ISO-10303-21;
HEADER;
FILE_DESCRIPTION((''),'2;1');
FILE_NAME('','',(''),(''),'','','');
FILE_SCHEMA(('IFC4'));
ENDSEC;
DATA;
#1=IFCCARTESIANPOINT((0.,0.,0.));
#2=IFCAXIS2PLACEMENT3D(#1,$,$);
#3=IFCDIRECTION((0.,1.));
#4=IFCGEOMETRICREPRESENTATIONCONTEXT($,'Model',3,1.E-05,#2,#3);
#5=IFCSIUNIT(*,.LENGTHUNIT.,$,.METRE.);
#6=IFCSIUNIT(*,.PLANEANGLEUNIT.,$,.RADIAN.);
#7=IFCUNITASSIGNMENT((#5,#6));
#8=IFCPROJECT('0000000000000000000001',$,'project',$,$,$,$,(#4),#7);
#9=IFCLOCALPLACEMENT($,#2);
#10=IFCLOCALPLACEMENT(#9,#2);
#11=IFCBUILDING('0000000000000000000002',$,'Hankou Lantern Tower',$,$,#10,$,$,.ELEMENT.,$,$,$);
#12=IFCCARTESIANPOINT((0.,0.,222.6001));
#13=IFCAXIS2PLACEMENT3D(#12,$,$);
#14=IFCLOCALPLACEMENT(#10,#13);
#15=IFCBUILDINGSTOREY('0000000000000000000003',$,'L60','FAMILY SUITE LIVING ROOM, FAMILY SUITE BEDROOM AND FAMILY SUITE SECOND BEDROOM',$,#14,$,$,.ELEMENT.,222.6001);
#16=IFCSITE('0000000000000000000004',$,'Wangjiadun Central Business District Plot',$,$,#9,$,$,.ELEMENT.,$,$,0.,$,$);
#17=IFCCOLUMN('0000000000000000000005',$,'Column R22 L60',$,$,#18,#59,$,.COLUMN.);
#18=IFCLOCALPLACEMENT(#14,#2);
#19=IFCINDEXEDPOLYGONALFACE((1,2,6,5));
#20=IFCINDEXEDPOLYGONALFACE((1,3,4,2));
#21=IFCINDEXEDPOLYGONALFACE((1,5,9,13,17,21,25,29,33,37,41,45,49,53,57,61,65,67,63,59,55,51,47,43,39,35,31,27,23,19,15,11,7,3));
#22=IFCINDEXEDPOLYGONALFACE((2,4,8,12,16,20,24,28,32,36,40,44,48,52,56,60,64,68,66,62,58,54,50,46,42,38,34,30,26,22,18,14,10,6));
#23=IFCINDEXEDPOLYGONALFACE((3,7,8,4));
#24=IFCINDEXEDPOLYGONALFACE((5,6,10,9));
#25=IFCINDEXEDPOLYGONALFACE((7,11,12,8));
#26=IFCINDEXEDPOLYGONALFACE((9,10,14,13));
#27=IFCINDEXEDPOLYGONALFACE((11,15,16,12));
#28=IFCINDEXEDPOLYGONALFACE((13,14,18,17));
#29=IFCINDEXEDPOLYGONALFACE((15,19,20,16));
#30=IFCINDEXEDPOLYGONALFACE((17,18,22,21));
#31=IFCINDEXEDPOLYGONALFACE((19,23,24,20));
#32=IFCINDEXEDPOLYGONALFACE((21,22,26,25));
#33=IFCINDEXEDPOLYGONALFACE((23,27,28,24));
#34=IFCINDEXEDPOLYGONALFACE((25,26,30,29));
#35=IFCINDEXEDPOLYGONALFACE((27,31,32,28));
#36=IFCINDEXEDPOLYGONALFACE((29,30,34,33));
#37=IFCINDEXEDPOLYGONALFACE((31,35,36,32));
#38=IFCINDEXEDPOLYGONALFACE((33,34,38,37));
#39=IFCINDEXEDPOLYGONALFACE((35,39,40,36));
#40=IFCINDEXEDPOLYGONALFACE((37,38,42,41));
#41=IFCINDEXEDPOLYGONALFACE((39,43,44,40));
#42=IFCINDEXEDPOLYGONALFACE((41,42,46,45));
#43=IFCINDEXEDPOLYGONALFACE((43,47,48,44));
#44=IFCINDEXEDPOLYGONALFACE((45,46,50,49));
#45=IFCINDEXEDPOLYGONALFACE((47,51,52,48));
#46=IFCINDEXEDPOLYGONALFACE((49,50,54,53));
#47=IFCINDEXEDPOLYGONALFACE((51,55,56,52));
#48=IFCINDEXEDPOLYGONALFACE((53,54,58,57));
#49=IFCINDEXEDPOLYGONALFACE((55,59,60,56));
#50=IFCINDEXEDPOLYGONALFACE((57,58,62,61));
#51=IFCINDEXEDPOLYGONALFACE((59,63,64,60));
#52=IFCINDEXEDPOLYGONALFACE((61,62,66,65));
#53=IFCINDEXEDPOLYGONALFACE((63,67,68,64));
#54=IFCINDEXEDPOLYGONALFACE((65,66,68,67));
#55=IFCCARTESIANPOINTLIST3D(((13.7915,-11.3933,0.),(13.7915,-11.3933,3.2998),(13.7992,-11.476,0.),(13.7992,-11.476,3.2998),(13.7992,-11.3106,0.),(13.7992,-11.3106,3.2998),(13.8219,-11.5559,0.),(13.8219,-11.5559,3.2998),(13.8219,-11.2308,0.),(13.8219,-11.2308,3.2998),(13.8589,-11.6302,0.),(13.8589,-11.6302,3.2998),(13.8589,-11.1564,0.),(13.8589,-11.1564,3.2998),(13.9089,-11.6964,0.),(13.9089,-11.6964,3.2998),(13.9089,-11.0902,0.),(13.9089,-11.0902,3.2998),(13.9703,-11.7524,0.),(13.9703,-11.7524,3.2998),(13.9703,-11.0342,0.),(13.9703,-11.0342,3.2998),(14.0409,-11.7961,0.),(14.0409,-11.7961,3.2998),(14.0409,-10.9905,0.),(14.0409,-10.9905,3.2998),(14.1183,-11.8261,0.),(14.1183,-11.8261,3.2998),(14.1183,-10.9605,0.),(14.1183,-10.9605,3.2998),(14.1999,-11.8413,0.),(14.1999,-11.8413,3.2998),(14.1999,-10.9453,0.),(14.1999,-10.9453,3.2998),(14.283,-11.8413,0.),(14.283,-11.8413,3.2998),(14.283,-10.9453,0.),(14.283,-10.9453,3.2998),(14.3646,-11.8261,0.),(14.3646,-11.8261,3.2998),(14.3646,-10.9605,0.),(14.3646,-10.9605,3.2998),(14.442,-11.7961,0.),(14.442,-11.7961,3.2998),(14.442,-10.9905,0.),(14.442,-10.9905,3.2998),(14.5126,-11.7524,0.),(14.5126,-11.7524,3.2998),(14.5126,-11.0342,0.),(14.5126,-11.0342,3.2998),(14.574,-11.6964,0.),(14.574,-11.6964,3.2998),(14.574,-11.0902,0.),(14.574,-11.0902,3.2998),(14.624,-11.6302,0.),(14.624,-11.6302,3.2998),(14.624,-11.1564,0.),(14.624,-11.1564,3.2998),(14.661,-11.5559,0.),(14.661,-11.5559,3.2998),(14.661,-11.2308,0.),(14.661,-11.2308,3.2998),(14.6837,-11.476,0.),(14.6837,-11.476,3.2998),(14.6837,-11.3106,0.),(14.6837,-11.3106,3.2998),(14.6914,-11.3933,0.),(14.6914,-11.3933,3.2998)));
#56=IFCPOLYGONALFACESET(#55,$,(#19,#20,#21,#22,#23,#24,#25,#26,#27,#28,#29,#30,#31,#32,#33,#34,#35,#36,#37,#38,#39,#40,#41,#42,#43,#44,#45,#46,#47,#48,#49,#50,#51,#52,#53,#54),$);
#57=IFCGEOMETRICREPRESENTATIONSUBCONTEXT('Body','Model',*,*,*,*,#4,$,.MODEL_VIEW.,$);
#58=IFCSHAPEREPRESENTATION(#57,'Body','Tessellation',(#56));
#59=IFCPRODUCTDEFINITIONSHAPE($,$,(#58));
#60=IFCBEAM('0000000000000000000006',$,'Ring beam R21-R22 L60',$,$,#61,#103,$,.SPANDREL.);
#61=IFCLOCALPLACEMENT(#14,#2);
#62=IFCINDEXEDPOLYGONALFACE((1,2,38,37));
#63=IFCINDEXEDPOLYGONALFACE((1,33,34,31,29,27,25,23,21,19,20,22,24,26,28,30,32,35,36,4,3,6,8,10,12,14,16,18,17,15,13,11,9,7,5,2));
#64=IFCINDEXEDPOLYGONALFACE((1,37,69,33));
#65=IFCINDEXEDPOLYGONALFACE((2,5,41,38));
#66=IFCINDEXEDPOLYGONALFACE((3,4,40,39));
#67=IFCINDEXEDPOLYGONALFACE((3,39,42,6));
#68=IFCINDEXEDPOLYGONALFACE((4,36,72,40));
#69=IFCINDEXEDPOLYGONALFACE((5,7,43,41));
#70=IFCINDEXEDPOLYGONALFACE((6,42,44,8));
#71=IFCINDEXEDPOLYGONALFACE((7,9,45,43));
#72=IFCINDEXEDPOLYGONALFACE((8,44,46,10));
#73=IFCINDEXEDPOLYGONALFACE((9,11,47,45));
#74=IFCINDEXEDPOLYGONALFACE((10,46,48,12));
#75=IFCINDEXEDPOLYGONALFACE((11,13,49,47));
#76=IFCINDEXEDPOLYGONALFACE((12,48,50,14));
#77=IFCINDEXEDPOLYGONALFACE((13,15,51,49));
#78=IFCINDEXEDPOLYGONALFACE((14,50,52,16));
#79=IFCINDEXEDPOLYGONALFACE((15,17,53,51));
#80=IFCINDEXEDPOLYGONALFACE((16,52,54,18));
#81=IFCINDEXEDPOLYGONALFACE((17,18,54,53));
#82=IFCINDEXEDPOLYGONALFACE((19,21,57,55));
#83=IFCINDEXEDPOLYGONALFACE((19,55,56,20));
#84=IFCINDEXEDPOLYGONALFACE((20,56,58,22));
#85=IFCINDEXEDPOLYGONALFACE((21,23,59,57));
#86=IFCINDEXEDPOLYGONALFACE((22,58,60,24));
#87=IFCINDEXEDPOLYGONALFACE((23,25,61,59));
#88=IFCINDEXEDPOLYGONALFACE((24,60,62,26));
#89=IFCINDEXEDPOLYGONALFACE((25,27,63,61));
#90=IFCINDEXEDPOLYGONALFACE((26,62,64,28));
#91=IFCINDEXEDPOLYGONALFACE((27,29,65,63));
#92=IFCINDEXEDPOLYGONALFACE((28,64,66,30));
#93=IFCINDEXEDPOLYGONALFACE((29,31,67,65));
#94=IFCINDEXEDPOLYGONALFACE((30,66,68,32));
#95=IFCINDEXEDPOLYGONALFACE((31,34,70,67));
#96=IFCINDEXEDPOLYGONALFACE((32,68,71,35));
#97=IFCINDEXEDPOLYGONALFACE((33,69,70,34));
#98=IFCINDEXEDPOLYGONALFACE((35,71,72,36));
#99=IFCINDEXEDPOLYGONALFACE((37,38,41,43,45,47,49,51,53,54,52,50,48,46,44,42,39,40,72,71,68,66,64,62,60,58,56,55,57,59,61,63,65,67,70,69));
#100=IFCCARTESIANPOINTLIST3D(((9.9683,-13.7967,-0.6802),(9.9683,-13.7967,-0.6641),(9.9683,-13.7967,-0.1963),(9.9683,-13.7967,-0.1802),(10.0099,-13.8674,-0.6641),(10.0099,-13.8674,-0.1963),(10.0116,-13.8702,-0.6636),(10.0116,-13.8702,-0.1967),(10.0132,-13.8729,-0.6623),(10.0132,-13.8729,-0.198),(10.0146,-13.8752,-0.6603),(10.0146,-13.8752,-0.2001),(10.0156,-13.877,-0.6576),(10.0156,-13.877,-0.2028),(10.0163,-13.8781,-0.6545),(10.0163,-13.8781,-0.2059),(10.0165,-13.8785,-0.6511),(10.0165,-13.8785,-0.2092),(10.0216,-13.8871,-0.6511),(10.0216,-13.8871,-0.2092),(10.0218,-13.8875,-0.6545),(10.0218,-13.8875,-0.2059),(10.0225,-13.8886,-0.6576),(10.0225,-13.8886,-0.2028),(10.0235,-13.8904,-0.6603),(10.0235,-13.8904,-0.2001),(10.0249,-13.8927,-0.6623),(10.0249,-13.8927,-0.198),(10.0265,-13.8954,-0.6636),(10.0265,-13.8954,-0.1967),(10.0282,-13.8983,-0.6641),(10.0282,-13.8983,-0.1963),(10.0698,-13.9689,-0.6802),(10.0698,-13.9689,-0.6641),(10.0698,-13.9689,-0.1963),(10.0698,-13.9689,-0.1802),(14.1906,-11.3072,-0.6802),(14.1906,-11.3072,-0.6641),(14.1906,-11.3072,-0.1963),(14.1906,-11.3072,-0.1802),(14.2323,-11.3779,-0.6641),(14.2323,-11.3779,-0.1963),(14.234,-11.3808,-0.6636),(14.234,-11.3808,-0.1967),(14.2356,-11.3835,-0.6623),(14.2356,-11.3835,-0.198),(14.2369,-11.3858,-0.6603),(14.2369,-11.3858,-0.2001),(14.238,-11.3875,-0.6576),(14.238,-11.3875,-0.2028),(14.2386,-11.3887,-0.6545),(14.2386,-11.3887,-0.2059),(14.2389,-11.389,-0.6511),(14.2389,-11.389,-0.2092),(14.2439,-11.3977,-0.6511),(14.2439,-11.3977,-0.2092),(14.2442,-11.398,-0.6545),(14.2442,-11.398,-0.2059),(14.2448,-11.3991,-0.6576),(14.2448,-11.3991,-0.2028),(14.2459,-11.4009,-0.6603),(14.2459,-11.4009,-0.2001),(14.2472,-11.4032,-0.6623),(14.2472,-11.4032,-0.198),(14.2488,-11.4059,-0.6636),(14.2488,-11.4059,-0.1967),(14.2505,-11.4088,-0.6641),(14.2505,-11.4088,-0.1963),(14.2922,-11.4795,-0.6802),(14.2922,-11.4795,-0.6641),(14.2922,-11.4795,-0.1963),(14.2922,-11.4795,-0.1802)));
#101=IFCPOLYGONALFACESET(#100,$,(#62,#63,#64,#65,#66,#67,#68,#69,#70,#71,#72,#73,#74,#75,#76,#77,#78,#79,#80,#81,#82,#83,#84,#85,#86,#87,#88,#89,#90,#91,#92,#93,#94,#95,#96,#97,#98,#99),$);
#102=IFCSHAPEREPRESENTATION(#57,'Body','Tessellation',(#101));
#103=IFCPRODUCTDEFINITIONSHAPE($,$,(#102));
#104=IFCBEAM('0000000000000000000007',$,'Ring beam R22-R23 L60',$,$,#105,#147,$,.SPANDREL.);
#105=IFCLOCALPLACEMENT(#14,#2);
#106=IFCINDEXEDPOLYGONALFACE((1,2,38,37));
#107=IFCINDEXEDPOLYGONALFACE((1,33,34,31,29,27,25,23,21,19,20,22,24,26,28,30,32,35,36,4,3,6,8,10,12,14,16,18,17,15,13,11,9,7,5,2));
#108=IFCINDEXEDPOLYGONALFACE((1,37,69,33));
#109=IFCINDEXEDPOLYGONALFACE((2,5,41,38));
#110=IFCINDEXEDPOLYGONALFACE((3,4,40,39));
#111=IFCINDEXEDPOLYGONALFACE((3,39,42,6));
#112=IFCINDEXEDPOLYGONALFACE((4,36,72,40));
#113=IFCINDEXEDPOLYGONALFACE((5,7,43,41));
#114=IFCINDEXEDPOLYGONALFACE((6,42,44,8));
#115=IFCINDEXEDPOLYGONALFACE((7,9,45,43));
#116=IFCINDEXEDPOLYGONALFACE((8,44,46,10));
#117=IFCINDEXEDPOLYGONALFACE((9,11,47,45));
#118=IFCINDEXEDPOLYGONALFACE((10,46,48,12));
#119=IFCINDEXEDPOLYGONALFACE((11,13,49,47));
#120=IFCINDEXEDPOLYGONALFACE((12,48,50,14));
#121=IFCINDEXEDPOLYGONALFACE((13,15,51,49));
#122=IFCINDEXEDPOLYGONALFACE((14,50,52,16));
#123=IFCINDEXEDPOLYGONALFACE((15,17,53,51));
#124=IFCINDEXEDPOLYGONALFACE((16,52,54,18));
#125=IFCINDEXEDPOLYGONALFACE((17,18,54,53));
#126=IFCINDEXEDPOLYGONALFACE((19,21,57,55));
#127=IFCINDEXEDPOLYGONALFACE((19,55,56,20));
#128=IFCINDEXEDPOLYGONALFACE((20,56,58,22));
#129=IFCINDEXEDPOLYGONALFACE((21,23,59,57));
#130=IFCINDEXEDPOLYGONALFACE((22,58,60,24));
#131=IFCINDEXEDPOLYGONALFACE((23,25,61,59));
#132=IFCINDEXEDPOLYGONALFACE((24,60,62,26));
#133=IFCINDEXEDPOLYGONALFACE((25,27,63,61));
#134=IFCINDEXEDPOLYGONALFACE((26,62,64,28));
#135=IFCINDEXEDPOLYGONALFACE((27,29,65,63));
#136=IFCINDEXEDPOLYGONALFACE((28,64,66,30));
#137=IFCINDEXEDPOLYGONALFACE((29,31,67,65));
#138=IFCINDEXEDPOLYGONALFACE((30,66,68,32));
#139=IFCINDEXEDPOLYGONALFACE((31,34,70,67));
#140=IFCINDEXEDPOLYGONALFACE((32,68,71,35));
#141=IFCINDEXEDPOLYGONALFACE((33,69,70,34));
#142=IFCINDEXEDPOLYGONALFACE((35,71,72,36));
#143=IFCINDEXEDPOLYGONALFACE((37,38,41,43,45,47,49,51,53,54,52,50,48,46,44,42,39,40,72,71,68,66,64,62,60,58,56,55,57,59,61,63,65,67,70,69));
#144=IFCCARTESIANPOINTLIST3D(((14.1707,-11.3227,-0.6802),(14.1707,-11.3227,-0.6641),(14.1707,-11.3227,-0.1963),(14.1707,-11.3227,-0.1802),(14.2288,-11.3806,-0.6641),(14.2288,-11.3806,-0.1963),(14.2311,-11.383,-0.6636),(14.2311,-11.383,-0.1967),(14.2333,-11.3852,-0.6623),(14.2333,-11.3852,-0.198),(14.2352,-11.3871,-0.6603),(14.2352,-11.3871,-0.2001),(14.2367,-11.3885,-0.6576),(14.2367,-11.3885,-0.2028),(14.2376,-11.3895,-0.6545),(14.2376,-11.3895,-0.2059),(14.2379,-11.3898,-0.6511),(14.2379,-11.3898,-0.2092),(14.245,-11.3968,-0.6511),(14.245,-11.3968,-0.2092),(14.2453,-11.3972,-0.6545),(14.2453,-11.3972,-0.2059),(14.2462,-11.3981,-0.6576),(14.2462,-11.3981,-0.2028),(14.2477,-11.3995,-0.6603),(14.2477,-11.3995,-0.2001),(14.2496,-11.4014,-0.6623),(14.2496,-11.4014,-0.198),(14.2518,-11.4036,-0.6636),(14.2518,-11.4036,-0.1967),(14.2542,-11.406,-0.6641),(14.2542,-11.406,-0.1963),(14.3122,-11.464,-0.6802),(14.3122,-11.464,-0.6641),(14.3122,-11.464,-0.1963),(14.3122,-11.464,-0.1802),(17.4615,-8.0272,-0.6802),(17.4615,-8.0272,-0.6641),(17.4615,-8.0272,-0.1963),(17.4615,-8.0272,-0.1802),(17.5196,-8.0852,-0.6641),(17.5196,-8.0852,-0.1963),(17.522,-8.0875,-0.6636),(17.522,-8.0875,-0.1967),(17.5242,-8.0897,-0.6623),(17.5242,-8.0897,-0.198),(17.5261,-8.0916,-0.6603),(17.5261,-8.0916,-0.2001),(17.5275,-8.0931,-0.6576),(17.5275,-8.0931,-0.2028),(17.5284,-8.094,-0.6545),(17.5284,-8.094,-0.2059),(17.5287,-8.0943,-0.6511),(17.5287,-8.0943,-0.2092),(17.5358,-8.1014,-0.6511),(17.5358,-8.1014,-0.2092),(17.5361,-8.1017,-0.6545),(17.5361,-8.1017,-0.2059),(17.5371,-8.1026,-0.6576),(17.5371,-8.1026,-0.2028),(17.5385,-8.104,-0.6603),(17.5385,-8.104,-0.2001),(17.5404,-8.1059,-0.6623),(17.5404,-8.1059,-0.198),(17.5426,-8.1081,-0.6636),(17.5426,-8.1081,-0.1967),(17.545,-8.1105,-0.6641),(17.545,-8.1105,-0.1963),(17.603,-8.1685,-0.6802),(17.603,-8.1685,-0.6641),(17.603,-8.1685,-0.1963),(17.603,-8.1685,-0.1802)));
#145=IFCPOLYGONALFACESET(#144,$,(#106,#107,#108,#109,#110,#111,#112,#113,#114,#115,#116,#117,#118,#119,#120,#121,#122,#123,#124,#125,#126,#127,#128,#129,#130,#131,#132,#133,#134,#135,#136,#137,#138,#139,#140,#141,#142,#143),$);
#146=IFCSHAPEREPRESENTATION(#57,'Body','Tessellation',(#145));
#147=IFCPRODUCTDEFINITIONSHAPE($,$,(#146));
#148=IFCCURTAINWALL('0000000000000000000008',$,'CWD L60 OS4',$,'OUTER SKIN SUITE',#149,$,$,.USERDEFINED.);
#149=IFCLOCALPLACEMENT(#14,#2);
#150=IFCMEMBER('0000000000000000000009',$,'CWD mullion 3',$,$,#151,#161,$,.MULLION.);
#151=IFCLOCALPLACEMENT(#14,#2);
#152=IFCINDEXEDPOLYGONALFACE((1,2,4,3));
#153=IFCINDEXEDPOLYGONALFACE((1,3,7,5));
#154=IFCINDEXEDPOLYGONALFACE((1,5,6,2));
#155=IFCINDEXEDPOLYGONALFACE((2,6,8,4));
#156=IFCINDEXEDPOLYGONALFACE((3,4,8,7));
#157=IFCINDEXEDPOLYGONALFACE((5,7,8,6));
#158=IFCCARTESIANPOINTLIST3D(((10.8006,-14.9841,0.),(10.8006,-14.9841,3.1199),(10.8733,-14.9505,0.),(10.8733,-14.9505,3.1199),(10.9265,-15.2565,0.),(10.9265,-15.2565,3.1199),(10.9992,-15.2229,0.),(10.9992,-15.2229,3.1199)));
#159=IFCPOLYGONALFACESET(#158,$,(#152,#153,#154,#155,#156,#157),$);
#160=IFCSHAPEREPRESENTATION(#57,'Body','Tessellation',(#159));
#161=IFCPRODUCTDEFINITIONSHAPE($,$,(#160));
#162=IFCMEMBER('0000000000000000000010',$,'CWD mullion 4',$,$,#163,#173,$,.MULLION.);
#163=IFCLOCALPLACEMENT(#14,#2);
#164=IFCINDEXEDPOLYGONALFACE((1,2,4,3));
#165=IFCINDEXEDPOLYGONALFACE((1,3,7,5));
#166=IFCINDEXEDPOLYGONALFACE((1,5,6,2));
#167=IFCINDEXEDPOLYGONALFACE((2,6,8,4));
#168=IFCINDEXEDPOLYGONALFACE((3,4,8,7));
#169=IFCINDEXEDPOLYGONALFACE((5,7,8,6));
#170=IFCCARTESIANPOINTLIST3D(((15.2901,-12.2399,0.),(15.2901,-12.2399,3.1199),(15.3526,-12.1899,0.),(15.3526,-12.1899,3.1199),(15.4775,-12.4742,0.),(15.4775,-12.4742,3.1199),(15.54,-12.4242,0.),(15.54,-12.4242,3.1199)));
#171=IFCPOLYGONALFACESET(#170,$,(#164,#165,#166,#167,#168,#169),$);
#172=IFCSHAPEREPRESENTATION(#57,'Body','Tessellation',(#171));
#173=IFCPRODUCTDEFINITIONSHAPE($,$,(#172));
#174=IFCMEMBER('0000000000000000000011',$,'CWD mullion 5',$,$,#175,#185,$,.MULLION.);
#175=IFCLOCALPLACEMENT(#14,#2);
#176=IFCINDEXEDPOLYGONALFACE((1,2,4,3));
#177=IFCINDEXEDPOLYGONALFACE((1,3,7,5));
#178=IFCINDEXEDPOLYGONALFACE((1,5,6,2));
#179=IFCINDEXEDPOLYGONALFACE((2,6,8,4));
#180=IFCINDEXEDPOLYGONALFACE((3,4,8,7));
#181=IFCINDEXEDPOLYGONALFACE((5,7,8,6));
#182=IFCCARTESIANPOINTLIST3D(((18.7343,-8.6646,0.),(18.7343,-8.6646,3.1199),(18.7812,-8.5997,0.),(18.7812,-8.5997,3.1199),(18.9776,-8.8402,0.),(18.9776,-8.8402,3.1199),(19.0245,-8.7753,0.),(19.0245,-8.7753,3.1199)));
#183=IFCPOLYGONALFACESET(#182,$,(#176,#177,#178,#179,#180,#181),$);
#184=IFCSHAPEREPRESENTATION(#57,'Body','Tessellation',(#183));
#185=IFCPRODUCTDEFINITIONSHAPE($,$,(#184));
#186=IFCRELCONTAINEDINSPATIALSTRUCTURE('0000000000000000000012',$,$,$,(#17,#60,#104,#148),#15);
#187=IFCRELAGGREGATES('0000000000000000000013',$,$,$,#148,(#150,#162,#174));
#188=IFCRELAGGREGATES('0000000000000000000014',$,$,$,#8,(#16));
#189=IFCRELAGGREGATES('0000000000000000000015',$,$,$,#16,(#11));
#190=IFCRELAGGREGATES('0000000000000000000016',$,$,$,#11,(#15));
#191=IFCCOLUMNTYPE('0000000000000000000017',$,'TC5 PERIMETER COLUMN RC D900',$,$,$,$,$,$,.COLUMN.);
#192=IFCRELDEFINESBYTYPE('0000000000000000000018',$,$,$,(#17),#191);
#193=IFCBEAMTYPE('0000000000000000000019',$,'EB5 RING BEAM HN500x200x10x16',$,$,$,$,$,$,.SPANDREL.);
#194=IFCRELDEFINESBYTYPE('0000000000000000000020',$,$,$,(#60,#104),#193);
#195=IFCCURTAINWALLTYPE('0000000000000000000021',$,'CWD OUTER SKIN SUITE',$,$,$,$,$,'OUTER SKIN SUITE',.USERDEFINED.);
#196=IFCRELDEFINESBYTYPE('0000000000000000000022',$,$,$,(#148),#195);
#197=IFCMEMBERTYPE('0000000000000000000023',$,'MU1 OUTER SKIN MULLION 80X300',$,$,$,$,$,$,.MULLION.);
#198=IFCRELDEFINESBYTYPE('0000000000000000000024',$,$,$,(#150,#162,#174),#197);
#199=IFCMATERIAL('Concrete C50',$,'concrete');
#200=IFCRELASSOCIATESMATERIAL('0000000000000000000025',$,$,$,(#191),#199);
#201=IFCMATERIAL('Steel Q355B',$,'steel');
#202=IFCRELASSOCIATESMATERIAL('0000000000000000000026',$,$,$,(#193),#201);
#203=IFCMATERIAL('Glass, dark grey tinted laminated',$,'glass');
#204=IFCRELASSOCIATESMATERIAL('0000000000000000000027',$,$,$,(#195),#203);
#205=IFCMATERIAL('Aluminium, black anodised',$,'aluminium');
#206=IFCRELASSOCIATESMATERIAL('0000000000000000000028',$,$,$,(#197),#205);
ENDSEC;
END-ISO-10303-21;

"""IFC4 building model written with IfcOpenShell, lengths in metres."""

from ifc_helpers import new_model, si_unit, direction, frame, origin, origin_2d, place, context, subcontext, project, spatial, rectangle, circle, i_section, extrude, material, material_profile, profile_set, type_object, element, aggregate, save


model = new_model("IFC4")

# Units and contexts
model_context = context("Model", 3, precision=1e-05, world=origin(), true_north=direction((0.0, 1.0)))
body_context = subcontext(model_context, "Body", "Model", "MODEL_VIEW")
ifc_project = project(units=[si_unit("LENGTHUNIT", "METRE"), si_unit("PLANEANGLEUNIT", "RADIAN")], contexts=[model_context])

# Site, building, storey
site_placement = place(None, origin())
site = spatial("IfcSite", under=ifc_project, at=site_placement, Name="Wangjiadun Central Business District Plot", CompositionType="ELEMENT", RefElevation=0.0)
building_placement = place(site_placement, origin())
building = spatial("IfcBuilding", under=site, at=building_placement, Name="Hankou Lantern Tower", CompositionType="ELEMENT")
storey_placement = place(building_placement, frame((0.0, 0.0, 222.6001)))
storey = spatial("IfcBuildingStorey", under=building, at=storey_placement, Name="L60", Description="FAMILY SUITE LIVING ROOM, FAMILY SUITE BEDROOM AND FAMILY SUITE SECOND BEDROOM", CompositionType="ELEMENT", Elevation=222.6001)

# Column
ifc_material_1 = material(Name="Concrete C50", Category="concrete")
ifc_material_profile_1 = material_profile(ifc_material_1, circle(Radius=0.45, at=origin_2d()), Name="RC D900")
ifc_profile_set_1 = profile_set([ifc_material_profile_1], Name="Concrete C50")
column_type = type_object("IfcColumnType", Name="TC5 PERIMETER COLUMN RC D900", PredefinedType="COLUMN", material=ifc_profile_set_1)
column_placement = place(storey_placement, frame((14.2415, -11.3933, 0.0), z_axis=(0.0, 0.0, 1.0), x_axis=(1.0, 0.0, 0.0)))
element("IfcColumn", 1, at=column_placement, inside=storey, type_object=column_type, Name="Column R22 L60", PredefinedType="COLUMN", context=body_context, shape_type="SweptSolid", body=[
    extrude(circle(Radius=0.45, at=origin_2d()), origin(), (0.0, 0.0, 1.0), 3.2998),
])

# Beams
ifc_material_2 = material(Name="Steel Q355B", Category="steel")
ifc_material_profile_2 = material_profile(ifc_material_2, i_section(OverallWidth=0.2, OverallDepth=0.5, WebThickness=0.01, FlangeThickness=0.0161, FilletRadius=0.0129, at=origin_2d()), Name="HN500x200x10x16")
ifc_profile_set_2 = profile_set([ifc_material_profile_2], Name="Steel Q355B")
beam_type_1 = type_object("IfcBeamType", Name="EB5 RING BEAM HN500x200x10x16", PredefinedType="SPANDREL", material=ifc_profile_set_2)
beam_1_placement = place(storey_placement, frame((10.019, -13.8828, -0.4302), z_axis=(0.861423, 0.507888, 0.0), x_axis=(-0.507888, 0.861423, 0.0)))
element("IfcBeam", 2, at=beam_1_placement, inside=storey, type_object=beam_type_1, Name="Ring beam R21-R22 L60", PredefinedType="SPANDREL", context=body_context, shape_type="SweptSolid", body=[
    extrude(i_section(OverallWidth=0.2, OverallDepth=0.5, WebThickness=0.01, FlangeThickness=0.0161, FilletRadius=0.0129, at=origin_2d()), origin(), (0.0, 0.0, 1.0), 4.9016),
])
beam_2_placement = place(storey_placement, frame((14.2415, -11.3933, -0.4302), z_axis=(0.706609, 0.707605, 0.0), x_axis=(-0.707605, 0.706609, 0.0)))
element("IfcBeam", 3, at=beam_2_placement, inside=storey, type_object=beam_type_1, Name="Ring beam R22-R23 L60", PredefinedType="SPANDREL", context=body_context, shape_type="SweptSolid", body=[
    extrude(i_section(OverallWidth=0.2, OverallDepth=0.5, WebThickness=0.01, FlangeThickness=0.0161, FilletRadius=0.0129, at=origin_2d()), origin(), (0.0, 0.0, 1.0), 4.6572),
])

# Curtain wall, members
ifc_material_3 = material(Name="Glass, dark grey tinted laminated", Category="glass")
curtain_wall_type = type_object("IfcCurtainWallType", Name="CWD OUTER SKIN SUITE", ElementType="OUTER SKIN SUITE", PredefinedType="USERDEFINED", material=ifc_material_3)
curtain_wall_placement = place(storey_placement, origin())
curtain_wall = element("IfcCurtainWall", 4, at=curtain_wall_placement, inside=storey, type_object=curtain_wall_type, Name="CWD L60 OS4", ObjectType="OUTER SKIN SUITE", PredefinedType="USERDEFINED")
ifc_material_4 = material(Name="Aluminium, black anodised", Category="aluminium")
ifc_material_profile_3 = material_profile(ifc_material_4, rectangle(XDim=0.0801, YDim=0.3, at=origin_2d()), Name="MU1 80X300")
ifc_profile_set_3 = profile_set([ifc_material_profile_3], Name="Aluminium, black anodised")
member_type_1 = type_object("IfcMemberType", Name="MU1 OUTER SKIN MULLION 80X300", PredefinedType="MULLION", material=ifc_profile_set_3)
member_1_placement = place(storey_placement, frame((10.8999, -15.1035, 0.0), z_axis=(0.0, 0.0, 1.0), x_axis=(0.907841, 0.419314, 0.0)))
member_1 = element("IfcMember", 5, at=member_1_placement, type_object=member_type_1, Name="CWD mullion 3", PredefinedType="MULLION", context=body_context, shape_type="SweptSolid", body=[
    extrude(rectangle(XDim=0.0801, YDim=0.3, at=origin_2d()), origin(), (0.0, 0.0, 1.0), 3.1199),
])
member_2_placement = place(storey_placement, frame((15.415, -12.332, 0.0), z_axis=(0.0, 0.0, 1.0), x_axis=(0.780869, 0.624695, 0.0)))
member_2 = element("IfcMember", 6, at=member_2_placement, type_object=member_type_1, Name="CWD mullion 4", PredefinedType="MULLION", context=body_context, shape_type="SweptSolid", body=[
    extrude(rectangle(XDim=0.0801, YDim=0.3, at=origin_2d()), origin(), (0.0, 0.0, 1.0), 3.1199),
])
member_3_placement = place(storey_placement, frame((18.8794, -8.72, 0.0), z_axis=(0.0, 0.0, 1.0), x_axis=(0.585206, 0.810885, 0.0)))
member_3 = element("IfcMember", 7, at=member_3_placement, type_object=member_type_1, Name="CWD mullion 5", PredefinedType="MULLION", context=body_context, shape_type="SweptSolid", body=[
    extrude(rectangle(XDim=0.0801, YDim=0.3, at=origin_2d()), origin(), (0.0, 0.0, 1.0), 3.1199),
])

aggregate(curtain_wall, [member_1, member_2, member_3])

save(model, "model.ifc")
